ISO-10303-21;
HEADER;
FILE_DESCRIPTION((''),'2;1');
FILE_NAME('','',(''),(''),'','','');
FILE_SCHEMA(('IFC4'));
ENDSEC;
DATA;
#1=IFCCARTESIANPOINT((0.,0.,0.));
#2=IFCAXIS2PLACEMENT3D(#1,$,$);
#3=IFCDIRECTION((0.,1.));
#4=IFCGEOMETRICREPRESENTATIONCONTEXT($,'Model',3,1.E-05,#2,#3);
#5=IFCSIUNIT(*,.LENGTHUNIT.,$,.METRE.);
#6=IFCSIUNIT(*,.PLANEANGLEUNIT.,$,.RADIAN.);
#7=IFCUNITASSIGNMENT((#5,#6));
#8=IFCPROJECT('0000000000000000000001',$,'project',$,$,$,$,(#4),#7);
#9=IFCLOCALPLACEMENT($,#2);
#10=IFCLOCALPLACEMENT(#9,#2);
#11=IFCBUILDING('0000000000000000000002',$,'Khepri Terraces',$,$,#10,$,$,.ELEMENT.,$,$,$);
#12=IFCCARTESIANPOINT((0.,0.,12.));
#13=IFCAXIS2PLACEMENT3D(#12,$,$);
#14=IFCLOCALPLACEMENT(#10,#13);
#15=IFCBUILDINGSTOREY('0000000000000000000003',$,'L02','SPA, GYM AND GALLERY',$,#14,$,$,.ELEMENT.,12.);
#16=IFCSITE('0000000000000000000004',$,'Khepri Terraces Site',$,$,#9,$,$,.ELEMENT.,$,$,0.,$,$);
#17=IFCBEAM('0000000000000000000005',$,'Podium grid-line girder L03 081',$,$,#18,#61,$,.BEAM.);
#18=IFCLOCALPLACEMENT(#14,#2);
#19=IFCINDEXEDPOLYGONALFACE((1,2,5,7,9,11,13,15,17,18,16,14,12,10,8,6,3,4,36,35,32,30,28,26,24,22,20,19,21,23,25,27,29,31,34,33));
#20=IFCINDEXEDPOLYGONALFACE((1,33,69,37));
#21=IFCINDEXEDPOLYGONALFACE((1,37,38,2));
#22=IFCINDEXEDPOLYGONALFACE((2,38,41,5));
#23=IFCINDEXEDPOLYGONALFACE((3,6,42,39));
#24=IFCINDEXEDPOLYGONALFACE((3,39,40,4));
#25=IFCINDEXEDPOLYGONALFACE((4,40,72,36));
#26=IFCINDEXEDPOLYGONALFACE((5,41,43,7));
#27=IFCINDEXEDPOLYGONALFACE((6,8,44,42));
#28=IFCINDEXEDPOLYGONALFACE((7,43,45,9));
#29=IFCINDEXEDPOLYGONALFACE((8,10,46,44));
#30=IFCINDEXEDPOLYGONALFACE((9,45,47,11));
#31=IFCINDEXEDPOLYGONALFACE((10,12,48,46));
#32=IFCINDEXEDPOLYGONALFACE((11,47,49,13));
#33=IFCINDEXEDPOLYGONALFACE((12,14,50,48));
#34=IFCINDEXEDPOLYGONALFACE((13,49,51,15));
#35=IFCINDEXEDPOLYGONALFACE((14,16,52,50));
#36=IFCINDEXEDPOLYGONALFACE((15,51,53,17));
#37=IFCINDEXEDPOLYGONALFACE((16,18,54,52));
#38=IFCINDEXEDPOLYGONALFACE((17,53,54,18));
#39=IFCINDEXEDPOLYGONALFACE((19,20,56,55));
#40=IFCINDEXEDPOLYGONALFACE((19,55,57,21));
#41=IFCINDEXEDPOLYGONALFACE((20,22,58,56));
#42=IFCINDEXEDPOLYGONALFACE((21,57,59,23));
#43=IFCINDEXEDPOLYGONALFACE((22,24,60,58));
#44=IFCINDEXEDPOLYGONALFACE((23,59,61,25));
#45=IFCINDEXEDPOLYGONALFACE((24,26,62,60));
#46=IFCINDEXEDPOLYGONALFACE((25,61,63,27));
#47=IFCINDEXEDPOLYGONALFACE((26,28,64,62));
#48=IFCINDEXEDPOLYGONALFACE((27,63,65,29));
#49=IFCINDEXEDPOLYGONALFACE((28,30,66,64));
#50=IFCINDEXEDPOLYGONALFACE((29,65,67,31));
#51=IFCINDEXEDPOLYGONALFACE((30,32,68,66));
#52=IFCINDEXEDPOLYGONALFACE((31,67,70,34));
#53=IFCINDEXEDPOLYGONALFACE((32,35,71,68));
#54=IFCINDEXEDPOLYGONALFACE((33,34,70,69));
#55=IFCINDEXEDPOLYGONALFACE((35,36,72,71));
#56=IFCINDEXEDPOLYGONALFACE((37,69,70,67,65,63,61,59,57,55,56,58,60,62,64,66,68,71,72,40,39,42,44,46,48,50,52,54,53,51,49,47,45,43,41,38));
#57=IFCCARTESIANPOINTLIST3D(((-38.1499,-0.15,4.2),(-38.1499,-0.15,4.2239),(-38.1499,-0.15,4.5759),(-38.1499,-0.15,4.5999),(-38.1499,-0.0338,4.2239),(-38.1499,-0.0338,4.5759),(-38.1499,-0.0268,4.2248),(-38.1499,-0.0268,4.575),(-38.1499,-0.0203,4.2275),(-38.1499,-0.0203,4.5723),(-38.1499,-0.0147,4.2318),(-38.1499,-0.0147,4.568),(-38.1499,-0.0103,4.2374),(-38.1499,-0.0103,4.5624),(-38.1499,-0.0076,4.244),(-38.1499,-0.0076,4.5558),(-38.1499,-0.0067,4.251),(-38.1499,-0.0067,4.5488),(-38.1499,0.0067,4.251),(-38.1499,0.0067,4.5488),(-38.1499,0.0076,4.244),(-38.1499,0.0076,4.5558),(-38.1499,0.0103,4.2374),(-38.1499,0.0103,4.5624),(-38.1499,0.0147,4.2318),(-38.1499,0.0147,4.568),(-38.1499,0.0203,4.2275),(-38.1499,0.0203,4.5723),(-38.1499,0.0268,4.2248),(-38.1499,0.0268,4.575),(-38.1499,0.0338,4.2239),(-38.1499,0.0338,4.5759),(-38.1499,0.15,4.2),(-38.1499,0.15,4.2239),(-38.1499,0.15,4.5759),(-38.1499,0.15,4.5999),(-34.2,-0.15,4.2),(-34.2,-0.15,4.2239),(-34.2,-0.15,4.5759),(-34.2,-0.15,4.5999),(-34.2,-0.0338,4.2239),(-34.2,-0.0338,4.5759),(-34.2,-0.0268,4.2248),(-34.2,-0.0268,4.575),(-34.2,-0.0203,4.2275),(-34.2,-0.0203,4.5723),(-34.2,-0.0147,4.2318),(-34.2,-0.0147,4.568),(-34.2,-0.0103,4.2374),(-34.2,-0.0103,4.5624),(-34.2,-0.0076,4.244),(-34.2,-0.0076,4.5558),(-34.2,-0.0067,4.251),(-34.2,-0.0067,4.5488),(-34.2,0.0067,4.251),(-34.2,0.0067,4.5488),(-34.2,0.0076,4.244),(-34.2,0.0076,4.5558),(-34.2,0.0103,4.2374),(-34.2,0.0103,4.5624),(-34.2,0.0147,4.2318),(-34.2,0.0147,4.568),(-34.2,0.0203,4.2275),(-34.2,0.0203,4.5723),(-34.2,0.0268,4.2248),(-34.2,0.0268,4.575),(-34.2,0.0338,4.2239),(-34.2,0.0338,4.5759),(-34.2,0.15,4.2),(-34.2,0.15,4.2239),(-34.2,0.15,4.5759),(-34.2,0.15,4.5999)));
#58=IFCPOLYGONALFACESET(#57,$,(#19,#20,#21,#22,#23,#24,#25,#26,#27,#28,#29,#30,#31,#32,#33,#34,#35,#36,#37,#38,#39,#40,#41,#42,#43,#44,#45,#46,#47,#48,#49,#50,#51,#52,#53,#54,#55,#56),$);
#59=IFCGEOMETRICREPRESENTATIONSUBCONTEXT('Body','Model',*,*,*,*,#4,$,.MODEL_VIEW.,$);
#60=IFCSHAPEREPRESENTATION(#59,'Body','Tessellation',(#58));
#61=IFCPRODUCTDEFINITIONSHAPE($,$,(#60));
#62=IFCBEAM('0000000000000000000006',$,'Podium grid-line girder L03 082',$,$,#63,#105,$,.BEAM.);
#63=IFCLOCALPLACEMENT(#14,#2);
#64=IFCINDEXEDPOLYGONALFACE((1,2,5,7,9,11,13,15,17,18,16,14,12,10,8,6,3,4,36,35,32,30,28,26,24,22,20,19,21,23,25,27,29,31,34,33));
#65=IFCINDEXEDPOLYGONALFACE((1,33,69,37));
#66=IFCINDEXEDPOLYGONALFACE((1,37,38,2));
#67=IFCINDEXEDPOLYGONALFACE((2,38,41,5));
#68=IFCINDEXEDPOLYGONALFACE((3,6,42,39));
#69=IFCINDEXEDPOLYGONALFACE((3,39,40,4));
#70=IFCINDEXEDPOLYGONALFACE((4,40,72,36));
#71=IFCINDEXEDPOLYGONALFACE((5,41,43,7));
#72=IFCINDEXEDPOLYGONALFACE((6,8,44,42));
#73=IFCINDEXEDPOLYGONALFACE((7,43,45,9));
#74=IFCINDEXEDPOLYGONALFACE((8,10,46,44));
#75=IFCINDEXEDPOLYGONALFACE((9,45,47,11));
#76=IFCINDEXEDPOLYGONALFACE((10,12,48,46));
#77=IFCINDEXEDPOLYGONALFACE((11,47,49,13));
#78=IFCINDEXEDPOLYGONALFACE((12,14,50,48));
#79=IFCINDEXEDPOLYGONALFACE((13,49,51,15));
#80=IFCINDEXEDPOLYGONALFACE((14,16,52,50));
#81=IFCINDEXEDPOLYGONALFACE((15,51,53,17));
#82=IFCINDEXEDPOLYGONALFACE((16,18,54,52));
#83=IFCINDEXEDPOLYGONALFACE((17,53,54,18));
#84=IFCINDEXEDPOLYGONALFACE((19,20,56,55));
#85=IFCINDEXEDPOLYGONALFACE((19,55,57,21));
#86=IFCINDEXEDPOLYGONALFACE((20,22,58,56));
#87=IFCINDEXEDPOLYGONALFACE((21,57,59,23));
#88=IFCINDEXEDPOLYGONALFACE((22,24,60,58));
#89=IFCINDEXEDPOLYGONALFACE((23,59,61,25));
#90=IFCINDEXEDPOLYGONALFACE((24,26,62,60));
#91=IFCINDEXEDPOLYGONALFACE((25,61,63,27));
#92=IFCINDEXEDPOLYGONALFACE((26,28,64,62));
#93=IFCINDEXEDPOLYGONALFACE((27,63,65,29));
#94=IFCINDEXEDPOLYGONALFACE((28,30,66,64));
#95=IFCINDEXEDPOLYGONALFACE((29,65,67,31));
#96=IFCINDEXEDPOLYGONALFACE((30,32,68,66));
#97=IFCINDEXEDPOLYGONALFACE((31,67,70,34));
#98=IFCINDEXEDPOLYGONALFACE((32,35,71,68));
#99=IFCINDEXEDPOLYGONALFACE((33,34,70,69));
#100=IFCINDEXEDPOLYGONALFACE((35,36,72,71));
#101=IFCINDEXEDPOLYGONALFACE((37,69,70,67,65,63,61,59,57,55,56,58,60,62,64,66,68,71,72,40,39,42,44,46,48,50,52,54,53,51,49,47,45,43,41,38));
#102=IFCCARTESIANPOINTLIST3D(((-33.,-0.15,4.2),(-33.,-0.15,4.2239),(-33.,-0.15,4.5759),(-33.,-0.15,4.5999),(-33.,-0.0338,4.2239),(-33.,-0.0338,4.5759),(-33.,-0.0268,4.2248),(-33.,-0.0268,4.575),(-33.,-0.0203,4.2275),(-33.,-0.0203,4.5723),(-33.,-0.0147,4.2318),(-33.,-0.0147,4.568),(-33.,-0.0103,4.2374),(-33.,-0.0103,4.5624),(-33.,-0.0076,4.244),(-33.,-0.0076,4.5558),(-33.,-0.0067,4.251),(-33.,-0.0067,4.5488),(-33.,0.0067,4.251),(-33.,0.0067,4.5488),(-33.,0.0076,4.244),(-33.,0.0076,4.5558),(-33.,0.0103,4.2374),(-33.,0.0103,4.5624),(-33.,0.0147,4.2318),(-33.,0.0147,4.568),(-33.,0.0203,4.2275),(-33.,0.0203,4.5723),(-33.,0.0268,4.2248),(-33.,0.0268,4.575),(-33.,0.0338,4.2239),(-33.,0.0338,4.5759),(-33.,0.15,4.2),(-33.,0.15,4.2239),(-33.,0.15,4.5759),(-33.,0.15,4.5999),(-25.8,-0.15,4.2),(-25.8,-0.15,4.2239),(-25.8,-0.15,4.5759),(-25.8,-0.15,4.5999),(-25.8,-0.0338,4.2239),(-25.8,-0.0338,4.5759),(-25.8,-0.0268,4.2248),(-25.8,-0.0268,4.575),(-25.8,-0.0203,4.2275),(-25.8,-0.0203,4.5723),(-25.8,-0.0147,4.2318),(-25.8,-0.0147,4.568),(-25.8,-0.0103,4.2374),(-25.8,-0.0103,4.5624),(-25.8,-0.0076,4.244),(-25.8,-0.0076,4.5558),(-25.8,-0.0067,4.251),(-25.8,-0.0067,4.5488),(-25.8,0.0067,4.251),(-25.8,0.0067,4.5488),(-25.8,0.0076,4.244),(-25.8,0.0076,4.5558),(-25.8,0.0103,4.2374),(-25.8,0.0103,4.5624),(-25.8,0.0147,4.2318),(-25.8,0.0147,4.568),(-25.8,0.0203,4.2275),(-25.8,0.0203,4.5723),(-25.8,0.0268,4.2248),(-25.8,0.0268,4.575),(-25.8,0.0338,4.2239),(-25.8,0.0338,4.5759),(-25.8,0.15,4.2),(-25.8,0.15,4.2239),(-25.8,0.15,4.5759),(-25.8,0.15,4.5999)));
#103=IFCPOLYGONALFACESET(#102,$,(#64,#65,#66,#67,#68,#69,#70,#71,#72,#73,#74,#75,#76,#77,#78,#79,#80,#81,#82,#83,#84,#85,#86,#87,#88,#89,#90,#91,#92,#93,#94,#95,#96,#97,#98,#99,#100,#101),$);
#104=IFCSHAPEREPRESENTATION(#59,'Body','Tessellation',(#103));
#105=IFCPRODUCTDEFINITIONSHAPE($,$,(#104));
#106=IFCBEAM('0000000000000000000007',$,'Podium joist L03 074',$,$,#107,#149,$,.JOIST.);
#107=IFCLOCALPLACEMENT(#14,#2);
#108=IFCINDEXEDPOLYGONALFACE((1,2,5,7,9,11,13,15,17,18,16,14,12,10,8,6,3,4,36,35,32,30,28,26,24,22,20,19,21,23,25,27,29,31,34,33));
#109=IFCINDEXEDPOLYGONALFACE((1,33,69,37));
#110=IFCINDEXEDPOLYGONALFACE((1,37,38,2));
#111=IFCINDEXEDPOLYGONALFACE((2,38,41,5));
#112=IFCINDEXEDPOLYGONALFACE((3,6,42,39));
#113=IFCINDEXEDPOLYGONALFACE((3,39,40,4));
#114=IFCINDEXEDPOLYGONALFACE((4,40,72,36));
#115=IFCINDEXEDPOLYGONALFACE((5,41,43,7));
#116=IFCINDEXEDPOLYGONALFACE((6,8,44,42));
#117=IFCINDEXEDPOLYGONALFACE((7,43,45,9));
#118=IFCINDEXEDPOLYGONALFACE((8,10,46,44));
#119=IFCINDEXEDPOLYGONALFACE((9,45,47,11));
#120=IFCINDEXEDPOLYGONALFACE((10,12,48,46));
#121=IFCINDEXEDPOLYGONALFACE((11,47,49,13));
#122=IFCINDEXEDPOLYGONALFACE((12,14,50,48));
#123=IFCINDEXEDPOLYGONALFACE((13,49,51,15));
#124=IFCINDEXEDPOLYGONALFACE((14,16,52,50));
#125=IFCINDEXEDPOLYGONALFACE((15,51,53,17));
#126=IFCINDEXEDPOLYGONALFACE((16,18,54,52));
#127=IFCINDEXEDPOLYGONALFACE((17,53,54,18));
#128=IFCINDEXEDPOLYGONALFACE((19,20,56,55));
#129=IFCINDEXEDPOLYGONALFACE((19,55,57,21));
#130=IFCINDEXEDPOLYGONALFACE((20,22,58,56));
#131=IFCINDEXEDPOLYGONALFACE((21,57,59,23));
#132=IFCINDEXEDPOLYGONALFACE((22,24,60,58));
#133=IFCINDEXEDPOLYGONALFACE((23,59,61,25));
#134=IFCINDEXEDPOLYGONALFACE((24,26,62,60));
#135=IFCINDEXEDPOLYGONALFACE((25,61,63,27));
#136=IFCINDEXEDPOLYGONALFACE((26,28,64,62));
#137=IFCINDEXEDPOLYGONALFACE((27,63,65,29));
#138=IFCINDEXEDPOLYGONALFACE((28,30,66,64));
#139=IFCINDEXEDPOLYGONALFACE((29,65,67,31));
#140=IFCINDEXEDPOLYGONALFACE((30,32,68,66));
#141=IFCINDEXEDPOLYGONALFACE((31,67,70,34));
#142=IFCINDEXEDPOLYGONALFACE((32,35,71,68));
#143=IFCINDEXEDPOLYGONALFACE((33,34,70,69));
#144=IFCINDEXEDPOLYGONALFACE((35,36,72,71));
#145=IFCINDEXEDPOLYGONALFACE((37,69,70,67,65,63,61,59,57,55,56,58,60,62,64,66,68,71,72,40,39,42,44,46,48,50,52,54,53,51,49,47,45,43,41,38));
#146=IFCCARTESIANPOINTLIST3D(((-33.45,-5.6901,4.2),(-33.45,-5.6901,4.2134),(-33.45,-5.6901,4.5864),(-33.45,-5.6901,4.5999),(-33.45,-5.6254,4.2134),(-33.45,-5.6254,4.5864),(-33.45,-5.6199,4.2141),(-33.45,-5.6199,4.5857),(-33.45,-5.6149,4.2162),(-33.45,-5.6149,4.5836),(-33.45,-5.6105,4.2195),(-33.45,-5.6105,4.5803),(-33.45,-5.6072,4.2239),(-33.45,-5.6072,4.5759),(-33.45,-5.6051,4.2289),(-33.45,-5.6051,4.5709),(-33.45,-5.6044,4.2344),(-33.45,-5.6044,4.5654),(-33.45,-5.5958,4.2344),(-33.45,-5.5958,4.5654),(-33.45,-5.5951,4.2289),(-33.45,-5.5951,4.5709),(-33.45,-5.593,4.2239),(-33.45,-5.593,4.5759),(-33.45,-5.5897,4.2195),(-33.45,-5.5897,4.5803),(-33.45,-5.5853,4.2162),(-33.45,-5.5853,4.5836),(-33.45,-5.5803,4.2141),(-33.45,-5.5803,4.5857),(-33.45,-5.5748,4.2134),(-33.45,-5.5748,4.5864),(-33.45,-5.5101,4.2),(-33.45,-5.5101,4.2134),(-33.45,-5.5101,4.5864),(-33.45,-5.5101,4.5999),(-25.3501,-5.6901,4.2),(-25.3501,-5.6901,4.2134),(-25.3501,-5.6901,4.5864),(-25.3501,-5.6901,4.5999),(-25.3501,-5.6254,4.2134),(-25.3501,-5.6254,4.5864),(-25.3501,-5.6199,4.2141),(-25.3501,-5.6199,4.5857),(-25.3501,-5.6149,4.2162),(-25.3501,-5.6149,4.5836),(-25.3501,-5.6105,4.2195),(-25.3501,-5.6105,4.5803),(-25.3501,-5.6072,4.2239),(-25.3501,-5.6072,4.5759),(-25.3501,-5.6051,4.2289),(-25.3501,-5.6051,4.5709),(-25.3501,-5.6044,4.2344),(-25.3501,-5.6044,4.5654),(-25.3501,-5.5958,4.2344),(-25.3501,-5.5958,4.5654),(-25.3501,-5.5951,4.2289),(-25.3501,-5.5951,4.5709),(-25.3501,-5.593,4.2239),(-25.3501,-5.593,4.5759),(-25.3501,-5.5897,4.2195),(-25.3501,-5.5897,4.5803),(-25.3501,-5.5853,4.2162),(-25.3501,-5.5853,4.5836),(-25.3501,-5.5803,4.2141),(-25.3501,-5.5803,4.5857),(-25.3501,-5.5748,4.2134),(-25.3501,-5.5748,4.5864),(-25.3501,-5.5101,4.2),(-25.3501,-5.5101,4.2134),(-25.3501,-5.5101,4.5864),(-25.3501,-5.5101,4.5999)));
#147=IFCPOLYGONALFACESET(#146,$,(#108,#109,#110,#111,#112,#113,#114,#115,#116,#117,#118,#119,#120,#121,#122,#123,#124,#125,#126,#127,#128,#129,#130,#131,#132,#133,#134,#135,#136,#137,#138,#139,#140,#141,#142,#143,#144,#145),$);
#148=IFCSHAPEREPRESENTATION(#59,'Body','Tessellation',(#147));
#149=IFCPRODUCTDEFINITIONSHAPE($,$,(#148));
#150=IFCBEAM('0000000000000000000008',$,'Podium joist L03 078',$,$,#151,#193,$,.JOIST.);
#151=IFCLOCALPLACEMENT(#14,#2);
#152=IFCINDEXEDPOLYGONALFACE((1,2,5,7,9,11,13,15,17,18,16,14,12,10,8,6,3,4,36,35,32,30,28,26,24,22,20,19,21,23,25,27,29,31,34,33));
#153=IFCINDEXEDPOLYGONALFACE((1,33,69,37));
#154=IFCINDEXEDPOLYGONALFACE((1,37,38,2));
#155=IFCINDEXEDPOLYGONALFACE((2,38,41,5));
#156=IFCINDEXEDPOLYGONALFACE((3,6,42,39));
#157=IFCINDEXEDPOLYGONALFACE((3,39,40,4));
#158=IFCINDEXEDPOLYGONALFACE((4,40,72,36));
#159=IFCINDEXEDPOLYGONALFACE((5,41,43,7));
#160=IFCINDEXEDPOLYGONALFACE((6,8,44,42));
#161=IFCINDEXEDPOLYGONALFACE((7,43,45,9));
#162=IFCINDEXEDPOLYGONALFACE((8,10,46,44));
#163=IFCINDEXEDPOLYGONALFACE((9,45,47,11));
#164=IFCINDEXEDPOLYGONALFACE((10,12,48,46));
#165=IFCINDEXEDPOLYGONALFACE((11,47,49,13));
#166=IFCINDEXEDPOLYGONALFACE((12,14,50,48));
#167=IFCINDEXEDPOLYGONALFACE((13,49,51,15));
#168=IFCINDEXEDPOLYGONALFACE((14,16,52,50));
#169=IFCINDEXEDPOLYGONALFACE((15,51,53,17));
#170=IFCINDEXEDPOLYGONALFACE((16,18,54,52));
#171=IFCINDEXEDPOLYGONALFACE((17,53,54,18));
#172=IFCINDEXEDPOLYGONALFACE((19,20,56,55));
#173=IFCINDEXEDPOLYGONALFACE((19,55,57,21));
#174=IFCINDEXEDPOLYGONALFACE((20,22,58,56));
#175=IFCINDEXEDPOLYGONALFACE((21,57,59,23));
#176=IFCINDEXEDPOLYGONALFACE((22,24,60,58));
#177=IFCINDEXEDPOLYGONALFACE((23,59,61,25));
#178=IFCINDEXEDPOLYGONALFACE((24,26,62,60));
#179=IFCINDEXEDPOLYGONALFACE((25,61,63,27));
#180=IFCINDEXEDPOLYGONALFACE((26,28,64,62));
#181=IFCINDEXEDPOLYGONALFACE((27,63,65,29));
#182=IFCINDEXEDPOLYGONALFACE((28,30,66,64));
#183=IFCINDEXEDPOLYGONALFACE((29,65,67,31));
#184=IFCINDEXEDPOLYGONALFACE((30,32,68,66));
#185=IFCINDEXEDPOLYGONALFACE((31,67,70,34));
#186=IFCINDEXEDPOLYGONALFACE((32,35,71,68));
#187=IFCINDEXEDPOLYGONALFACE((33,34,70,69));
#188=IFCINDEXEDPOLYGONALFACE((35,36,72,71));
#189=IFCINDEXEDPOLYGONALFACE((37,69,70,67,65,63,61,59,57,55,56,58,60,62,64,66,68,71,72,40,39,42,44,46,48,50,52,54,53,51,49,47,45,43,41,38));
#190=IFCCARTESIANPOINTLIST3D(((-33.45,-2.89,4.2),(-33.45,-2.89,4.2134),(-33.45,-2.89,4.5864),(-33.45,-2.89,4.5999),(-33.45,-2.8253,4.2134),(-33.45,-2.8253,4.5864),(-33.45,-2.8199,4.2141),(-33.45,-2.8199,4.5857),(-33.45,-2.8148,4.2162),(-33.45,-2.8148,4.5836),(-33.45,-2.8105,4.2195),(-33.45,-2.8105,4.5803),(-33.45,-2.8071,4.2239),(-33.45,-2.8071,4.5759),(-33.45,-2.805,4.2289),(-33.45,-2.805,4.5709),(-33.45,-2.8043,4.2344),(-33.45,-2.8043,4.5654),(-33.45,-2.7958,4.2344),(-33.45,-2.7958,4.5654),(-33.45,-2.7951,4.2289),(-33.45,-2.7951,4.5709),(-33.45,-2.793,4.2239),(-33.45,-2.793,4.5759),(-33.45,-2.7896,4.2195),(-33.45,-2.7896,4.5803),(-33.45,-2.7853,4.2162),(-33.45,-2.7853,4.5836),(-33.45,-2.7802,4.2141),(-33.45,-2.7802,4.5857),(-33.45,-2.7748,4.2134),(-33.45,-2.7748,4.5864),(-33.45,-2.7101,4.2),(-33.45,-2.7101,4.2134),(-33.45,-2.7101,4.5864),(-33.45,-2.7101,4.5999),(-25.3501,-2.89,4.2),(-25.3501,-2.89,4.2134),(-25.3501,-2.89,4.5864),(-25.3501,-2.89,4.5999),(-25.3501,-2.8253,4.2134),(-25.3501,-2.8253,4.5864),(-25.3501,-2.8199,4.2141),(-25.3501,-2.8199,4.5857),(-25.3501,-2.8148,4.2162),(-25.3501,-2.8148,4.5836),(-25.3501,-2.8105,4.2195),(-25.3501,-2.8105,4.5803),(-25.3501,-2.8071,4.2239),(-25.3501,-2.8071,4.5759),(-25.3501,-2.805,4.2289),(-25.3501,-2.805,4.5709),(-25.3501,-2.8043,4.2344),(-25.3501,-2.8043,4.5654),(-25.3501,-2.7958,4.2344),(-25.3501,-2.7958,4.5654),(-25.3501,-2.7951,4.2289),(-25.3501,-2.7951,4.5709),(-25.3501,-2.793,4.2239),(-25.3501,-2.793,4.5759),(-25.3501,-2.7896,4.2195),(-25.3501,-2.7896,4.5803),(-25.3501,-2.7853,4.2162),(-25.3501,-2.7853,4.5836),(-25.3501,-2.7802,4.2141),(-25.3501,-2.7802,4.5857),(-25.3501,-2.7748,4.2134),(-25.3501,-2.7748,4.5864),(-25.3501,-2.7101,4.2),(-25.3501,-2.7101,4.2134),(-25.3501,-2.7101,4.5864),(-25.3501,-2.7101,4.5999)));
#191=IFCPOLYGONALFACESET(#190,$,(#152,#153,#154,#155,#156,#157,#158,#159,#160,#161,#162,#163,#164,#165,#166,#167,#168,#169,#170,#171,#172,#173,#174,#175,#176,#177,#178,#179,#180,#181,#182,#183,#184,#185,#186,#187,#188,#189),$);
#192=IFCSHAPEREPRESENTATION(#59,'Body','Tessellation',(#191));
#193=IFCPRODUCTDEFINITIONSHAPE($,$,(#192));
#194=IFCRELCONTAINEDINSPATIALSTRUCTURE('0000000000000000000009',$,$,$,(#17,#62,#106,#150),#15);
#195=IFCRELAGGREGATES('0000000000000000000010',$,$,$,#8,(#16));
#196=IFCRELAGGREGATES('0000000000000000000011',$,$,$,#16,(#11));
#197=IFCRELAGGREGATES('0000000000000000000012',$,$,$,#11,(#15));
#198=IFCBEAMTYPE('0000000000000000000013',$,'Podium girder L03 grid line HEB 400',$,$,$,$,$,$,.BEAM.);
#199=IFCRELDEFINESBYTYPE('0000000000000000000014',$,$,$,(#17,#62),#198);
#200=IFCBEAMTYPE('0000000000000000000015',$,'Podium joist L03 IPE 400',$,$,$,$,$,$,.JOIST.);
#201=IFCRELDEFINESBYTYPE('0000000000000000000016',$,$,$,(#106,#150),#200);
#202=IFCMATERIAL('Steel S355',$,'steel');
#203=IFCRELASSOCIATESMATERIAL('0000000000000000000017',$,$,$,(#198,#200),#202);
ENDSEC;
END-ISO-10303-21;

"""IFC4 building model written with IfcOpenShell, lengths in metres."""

from ifc_helpers import new_model, si_unit, direction, frame, origin, origin_2d, place, context, subcontext, project, spatial, i_section, extrude, material, material_profile, profile_set, type_object, element, save


model = new_model("IFC4")

# Units and contexts
model_context = context("Model", 3, precision=1e-05, world=origin(), true_north=direction((0.0, 1.0)))
body_context = subcontext(model_context, "Body", "Model", "MODEL_VIEW")
ifc_project = project(units=[si_unit("LENGTHUNIT", "METRE"), si_unit("PLANEANGLEUNIT", "RADIAN")], contexts=[model_context])

# Site, building, storey
site_placement = place(None, origin())
site = spatial("IfcSite", under=ifc_project, at=site_placement, Name="Khepri Terraces Site", CompositionType="ELEMENT", RefElevation=0.0)
building_placement = place(site_placement, origin())
building = spatial("IfcBuilding", under=site, at=building_placement, Name="Khepri Terraces", CompositionType="ELEMENT")
storey_placement = place(building_placement, frame((0.0, 0.0, 12.0)))
storey = spatial("IfcBuildingStorey", under=building, at=storey_placement, Name="L02", Description="SPA, GYM AND GALLERY", CompositionType="ELEMENT", Elevation=12.0)

# Beams
ifc_material_1 = material(Name="Steel S355", Category="steel")
ifc_material_profile_1 = material_profile(ifc_material_1, i_section(OverallWidth=0.3, OverallDepth=0.3999, WebThickness=0.0134, FlangeThickness=0.0239, FilletRadius=0.0271, at=origin_2d()), Name="Steel S355", Category="steel")
ifc_profile_set_1 = profile_set([ifc_material_profile_1], Name="Steel S355")
beam_type_1 = type_object("IfcBeamType", Name="Podium girder L03 grid line HEB 400", PredefinedType="BEAM", material=ifc_profile_set_1)
beam_1_placement = place(storey_placement, frame((-38.1499, 0.0, 4.3999), z_axis=(1.0, 0.0, 0.0), x_axis=(0.0, 1.0, 0.0)))
element("IfcBeam", 1, at=beam_1_placement, inside=storey, type_object=beam_type_1, Name="Podium grid-line girder L03 081", PredefinedType="BEAM", context=body_context, shape_type="SweptSolid", body=[
    extrude(i_section(OverallWidth=0.3, OverallDepth=0.3999, WebThickness=0.0134, FlangeThickness=0.0239, FilletRadius=0.0271, at=origin_2d()), origin(), (0.0, 0.0, 1.0), 3.95),
])
beam_2_placement = place(storey_placement, frame((-33.0, 0.0, 4.3999), z_axis=(1.0, 0.0, 0.0), x_axis=(0.0, 1.0, 0.0)))
element("IfcBeam", 2, at=beam_2_placement, inside=storey, type_object=beam_type_1, Name="Podium grid-line girder L03 082", PredefinedType="BEAM", context=body_context, shape_type="SweptSolid", body=[
    extrude(i_section(OverallWidth=0.3, OverallDepth=0.3999, WebThickness=0.0134, FlangeThickness=0.0239, FilletRadius=0.0271, at=origin_2d()), origin(), (0.0, 0.0, 1.0), 7.2),
])
ifc_material_profile_2 = material_profile(ifc_material_1, i_section(OverallWidth=0.1799, OverallDepth=0.3999, WebThickness=0.0085, FlangeThickness=0.0134, FilletRadius=0.021, at=origin_2d()), Name="Steel S355", Category="steel")
ifc_profile_set_2 = profile_set([ifc_material_profile_2], Name="Steel S355")
beam_type_2 = type_object("IfcBeamType", Name="Podium joist L03 IPE 400", PredefinedType="JOIST", material=ifc_profile_set_2)
for number, where, z_axis, x_axis, name in (
    (3, (-33.45, -5.6001, 4.3999), (1.0, 0.0, 0.0), (0.0, 1.0, 0.0), "Podium joist L03 074"),
    (4, (-33.45, -2.8, 4.3999), (1.0, 0.0, 0.0), (0.0, 1.0, 0.0), "Podium joist L03 078"),
):
    element("IfcBeam", number, at=place(storey_placement, frame(where, z_axis=z_axis, x_axis=x_axis)), inside=storey, type_object=beam_type_2, Name=name, PredefinedType="JOIST", context=body_context, shape_type="SweptSolid", body=[
        extrude(i_section(OverallWidth=0.1799, OverallDepth=0.3999, WebThickness=0.0085, FlangeThickness=0.0134, FilletRadius=0.021, at=origin_2d()), origin(), (0.0, 0.0, 1.0), 8.0999),
    ])

save(model, "model.ifc")
